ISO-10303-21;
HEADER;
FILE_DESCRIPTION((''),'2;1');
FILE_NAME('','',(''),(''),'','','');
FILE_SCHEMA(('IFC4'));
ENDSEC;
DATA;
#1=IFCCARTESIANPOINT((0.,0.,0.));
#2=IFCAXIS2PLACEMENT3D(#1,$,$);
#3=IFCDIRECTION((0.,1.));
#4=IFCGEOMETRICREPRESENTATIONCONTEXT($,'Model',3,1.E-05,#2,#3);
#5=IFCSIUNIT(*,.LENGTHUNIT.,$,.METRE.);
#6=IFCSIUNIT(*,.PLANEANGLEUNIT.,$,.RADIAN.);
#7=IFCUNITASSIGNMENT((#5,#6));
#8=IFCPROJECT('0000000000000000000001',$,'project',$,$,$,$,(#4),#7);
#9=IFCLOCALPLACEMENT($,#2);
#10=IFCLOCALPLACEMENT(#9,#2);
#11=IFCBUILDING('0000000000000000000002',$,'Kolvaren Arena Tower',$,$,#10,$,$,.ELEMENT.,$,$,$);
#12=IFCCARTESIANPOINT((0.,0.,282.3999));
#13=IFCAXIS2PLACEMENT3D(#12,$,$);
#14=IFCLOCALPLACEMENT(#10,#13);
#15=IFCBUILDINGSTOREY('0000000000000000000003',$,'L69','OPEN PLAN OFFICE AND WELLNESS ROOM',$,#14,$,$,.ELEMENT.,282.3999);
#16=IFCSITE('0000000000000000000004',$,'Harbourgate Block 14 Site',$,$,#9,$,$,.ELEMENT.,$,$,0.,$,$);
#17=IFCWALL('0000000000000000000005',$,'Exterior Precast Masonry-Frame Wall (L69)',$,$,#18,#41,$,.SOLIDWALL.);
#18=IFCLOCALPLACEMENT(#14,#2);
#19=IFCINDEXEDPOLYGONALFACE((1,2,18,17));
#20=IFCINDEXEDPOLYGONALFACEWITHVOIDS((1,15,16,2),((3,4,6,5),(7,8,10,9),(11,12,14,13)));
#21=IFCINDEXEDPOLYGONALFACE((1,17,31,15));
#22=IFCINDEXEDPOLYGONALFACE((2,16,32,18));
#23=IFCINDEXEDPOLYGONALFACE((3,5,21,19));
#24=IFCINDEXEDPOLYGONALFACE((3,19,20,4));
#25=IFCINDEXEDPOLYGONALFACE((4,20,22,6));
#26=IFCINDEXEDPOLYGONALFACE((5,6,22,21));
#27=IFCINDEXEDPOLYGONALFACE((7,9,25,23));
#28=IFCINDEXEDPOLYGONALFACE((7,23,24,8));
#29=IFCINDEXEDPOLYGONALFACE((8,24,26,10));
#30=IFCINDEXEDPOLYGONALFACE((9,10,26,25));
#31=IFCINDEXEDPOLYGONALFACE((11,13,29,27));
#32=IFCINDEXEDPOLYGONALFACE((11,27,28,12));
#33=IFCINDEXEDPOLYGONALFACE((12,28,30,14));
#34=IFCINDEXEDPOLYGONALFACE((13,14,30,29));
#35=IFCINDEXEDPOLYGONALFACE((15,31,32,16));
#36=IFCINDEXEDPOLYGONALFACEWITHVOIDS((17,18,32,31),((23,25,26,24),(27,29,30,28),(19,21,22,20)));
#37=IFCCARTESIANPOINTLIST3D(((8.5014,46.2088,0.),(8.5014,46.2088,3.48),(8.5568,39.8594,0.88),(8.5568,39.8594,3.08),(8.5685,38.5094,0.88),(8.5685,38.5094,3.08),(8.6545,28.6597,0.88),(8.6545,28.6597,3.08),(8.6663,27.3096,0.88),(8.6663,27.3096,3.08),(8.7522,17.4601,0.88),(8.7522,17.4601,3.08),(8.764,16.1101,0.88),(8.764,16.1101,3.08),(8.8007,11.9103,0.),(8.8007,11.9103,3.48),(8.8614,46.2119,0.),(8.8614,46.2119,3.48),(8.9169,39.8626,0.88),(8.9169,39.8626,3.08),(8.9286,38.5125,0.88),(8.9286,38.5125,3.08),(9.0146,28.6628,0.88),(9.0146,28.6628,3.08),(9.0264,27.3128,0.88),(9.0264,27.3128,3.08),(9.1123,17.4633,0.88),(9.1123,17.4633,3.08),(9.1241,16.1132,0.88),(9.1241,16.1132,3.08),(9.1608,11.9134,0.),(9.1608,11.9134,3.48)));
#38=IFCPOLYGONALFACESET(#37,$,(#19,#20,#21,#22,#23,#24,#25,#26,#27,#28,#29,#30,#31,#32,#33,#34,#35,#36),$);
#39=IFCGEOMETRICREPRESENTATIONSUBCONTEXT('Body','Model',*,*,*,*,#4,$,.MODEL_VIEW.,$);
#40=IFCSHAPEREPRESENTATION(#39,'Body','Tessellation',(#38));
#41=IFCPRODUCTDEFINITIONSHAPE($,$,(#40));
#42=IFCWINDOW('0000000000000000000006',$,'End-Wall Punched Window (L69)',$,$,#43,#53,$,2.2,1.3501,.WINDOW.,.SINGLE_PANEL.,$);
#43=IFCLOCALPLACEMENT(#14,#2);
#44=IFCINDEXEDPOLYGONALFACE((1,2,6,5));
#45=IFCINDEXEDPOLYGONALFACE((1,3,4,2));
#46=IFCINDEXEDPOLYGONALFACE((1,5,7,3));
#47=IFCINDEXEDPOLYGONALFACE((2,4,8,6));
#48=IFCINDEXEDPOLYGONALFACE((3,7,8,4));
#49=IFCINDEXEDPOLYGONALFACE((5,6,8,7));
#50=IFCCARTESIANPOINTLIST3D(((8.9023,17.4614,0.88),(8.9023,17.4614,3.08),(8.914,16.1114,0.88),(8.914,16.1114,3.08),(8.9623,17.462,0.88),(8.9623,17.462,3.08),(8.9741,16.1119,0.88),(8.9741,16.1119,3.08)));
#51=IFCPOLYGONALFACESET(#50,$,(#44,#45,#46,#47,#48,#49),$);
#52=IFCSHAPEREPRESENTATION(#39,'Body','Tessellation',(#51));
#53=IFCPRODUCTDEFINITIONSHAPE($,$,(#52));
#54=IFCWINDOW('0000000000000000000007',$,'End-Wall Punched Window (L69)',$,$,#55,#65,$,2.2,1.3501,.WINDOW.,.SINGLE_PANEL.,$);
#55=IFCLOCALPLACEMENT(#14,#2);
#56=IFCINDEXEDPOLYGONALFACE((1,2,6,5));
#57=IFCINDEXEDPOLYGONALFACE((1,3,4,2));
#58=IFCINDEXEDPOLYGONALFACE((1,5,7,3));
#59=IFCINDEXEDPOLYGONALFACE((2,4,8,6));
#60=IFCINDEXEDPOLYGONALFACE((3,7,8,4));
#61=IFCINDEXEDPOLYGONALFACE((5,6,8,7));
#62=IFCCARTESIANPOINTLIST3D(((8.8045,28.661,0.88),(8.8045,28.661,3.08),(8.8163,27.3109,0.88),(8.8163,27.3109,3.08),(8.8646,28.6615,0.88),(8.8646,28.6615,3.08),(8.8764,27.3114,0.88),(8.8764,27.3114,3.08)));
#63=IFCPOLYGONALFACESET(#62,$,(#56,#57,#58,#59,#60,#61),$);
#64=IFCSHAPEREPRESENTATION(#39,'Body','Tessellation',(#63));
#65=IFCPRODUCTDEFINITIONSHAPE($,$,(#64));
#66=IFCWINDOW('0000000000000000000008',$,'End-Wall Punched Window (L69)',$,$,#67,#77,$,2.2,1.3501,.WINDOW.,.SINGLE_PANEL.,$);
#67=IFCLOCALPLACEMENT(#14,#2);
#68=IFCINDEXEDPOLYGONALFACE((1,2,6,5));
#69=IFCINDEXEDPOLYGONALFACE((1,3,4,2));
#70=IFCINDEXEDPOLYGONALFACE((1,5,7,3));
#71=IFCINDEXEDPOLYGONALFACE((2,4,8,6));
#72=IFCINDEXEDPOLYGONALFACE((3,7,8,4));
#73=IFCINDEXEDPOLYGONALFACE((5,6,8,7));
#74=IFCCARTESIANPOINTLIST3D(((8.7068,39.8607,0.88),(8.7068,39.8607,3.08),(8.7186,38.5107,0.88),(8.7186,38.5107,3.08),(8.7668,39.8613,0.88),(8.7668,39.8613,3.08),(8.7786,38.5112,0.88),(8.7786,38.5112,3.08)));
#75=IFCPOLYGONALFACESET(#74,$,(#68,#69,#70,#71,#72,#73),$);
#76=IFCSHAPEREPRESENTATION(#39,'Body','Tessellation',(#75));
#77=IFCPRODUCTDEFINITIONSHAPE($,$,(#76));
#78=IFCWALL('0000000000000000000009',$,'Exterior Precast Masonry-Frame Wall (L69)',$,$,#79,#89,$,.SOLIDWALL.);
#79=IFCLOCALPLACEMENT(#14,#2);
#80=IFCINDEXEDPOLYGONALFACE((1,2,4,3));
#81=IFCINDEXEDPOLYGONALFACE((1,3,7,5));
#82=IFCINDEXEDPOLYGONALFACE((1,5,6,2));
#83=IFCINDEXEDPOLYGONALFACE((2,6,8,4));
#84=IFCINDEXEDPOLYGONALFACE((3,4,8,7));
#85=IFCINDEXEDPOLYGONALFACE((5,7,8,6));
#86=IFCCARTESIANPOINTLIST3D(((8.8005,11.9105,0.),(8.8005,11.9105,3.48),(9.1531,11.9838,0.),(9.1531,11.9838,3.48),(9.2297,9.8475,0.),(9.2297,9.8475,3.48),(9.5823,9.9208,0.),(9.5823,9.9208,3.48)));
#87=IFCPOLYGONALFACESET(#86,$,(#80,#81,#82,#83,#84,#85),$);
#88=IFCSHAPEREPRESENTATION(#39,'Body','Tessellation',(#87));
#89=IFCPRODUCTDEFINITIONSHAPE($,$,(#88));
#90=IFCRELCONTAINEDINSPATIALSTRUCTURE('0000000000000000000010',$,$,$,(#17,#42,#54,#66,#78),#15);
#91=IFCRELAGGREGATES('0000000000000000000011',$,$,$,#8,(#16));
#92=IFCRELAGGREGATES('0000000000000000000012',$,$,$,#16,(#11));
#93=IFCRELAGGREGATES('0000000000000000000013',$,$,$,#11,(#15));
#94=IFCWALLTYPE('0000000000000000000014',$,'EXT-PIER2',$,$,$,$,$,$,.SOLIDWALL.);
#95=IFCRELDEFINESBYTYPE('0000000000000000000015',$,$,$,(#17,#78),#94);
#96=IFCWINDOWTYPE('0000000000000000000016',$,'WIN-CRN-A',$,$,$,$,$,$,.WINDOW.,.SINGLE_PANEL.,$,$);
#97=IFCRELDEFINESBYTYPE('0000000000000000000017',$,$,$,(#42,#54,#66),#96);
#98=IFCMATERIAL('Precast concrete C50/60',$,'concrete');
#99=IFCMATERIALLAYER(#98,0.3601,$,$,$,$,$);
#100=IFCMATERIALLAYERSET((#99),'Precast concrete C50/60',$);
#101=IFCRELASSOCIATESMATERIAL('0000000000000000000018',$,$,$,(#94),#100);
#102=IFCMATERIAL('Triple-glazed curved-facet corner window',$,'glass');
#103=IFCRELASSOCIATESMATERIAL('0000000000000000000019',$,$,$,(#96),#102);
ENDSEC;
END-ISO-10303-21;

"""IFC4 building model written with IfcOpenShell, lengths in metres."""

from ifc_helpers import new_model, si_unit, direction, frame, frame_2d, origin, place, context, subcontext, project, spatial, rectangle, extrude, material, layer, layer_set, type_object, element, fill, save


model = new_model("IFC4")

# Units and contexts
model_context = context("Model", 3, precision=1e-05, world=origin(), true_north=direction((0.0, 1.0)))
body_context = subcontext(model_context, "Body", "Model", "MODEL_VIEW")
ifc_project = project(units=[si_unit("LENGTHUNIT", "METRE"), si_unit("PLANEANGLEUNIT", "RADIAN")], contexts=[model_context])

# Site, building, storey
site_placement = place(None, origin())
site = spatial("IfcSite", under=ifc_project, at=site_placement, Name="Harbourgate Block 14 Site", CompositionType="ELEMENT", RefElevation=0.0)
building_placement = place(site_placement, origin())
building = spatial("IfcBuilding", under=site, at=building_placement, Name="Kolvaren Arena Tower", CompositionType="ELEMENT")
storey_placement = place(building_placement, frame((0.0, 0.0, 282.3999)))
storey = spatial("IfcBuildingStorey", under=building, at=storey_placement, Name="L69", Description="OPEN PLAN OFFICE AND WELLNESS ROOM", CompositionType="ELEMENT", Elevation=282.3999)

# Shared definitions
ifc_material_1 = material(Name="Precast concrete C50/60", Category="concrete")

# Wall, openings, windows
ifc_layer_1 = layer(ifc_material_1, 0.3601)
ifc_layer_set_1 = layer_set([ifc_layer_1], Name="Precast concrete C50/60")
wall_type_1 = type_object("IfcWallType", Name="EXT-PIER2", PredefinedType="SOLIDWALL", material=ifc_layer_set_1)
wall_1_placement = place(storey_placement, frame((8.9807, 11.9119, 0.0), z_axis=(0.0, 0.0, 1.0), x_axis=(-0.008726, 0.999962, 0.0)))
wall_1 = element("IfcWall", 1, at=wall_1_placement, inside=storey, type_object=wall_type_1, Name="Exterior Precast Masonry-Frame Wall (L69)", PredefinedType="SOLIDWALL", context=body_context, shape_type="SweptSolid", body=[
    extrude(rectangle(XDim=34.2998, YDim=0.3601, at=frame_2d((17.1499, 0.0))), origin(), (0.0, 0.0, 1.0), 3.48),
])
opening_1_placement = place(wall_1_placement, frame((4.2, 0.0, 0.8799)))
opening_1 = element("IfcOpeningElement", 2, at=opening_1_placement, cuts=wall_1, PredefinedType="OPENING", context=body_context, shape_type="SweptSolid", body=[
    extrude(rectangle(XDim=1.3501, YDim=2.2, at=frame_2d((0.675, 1.1001))), frame((0.0, 0.1899, 0.0), z_axis=(0.0, -1.0, 0.0), x_axis=(1.0, 0.0, 0.0)), (0.0, 0.0, 1.0), 0.3801),
])
opening_2_placement = place(wall_1_placement, frame((15.3999, 0.0, 0.8799)))
opening_2 = element("IfcOpeningElement", 3, at=opening_2_placement, cuts=wall_1, PredefinedType="OPENING", context=body_context, shape_type="SweptSolid", body=[
    extrude(rectangle(XDim=1.3501, YDim=2.2, at=frame_2d((0.675, 1.1001))), frame((0.0, 0.1899, 0.0), z_axis=(0.0, -1.0, 0.0), x_axis=(1.0, 0.0, 0.0)), (0.0, 0.0, 1.0), 0.3801),
])
opening_3_placement = place(wall_1_placement, frame((26.6001, 0.0, 0.8799)))
opening_3 = element("IfcOpeningElement", 4, at=opening_3_placement, cuts=wall_1, PredefinedType="OPENING", context=body_context, shape_type="SweptSolid", body=[
    extrude(rectangle(XDim=1.3501, YDim=2.2, at=frame_2d((0.675, 1.1001))), frame((0.0, 0.1899, 0.0), z_axis=(0.0, -1.0, 0.0), x_axis=(1.0, 0.0, 0.0)), (0.0, 0.0, 1.0), 0.3801),
])
ifc_material_2 = material(Name="Triple-glazed curved-facet corner window", Category="glass")
window_type = type_object("IfcWindowType", Name="WIN-CRN-A", PartitioningType="SINGLE_PANEL", PredefinedType="WINDOW", material=ifc_material_2)
window_1_placement = place(opening_1_placement, origin())
window_1 = element("IfcWindow", 5, at=window_1_placement, inside=storey, type_object=window_type, Name="End-Wall Punched Window (L69)", OverallHeight=2.2, OverallWidth=1.3501, PartitioningType="SINGLE_PANEL", PredefinedType="WINDOW", context=body_context, shape_type="SweptSolid", body=[
    extrude(rectangle(XDim=1.3501, YDim=2.2, at=frame_2d((0.675, 1.1001))), frame((0.0, 0.03, 0.0), z_axis=(0.0, -1.0, 0.0), x_axis=(1.0, 0.0, 0.0)), (0.0, 0.0, 1.0), 0.0601),
])
fill(opening_1, window_1)
window_2_placement = place(opening_2_placement, origin())
window_2 = element("IfcWindow", 6, at=window_2_placement, inside=storey, type_object=window_type, Name="End-Wall Punched Window (L69)", OverallHeight=2.2, OverallWidth=1.3501, PartitioningType="SINGLE_PANEL", PredefinedType="WINDOW", context=body_context, shape_type="SweptSolid", body=[
    extrude(rectangle(XDim=1.3501, YDim=2.2, at=frame_2d((0.675, 1.1001))), frame((0.0, 0.03, 0.0), z_axis=(0.0, -1.0, 0.0), x_axis=(1.0, 0.0, 0.0)), (0.0, 0.0, 1.0), 0.0601),
])
fill(opening_2, window_2)
window_3_placement = place(opening_3_placement, origin())
window_3 = element("IfcWindow", 7, at=window_3_placement, inside=storey, type_object=window_type, Name="End-Wall Punched Window (L69)", OverallHeight=2.2, OverallWidth=1.3501, PartitioningType="SINGLE_PANEL", PredefinedType="WINDOW", context=body_context, shape_type="SweptSolid", body=[
    extrude(rectangle(XDim=1.3501, YDim=2.2, at=frame_2d((0.675, 1.1001))), frame((0.0, 0.03, 0.0), z_axis=(0.0, -1.0, 0.0), x_axis=(1.0, 0.0, 0.0)), (0.0, 0.0, 1.0), 0.0601),
])
fill(opening_3, window_3)

# Wall
wall_2_placement = place(storey_placement, frame((9.406, 9.884, 0.0), z_axis=(0.0, 0.0, 1.0), x_axis=(-0.203686, 0.979036, 0.0)))
element("IfcWall", 8, at=wall_2_placement, inside=storey, type_object=wall_type_1, Name="Exterior Precast Masonry-Frame Wall (L69)", PredefinedType="SOLIDWALL", context=body_context, shape_type="SweptSolid", body=[
    extrude(rectangle(XDim=2.1072, YDim=0.3601, at=frame_2d((1.0537, 0.0))), origin(), (0.0, 0.0, 1.0), 3.48),
])

save(model, "model.ifc")
